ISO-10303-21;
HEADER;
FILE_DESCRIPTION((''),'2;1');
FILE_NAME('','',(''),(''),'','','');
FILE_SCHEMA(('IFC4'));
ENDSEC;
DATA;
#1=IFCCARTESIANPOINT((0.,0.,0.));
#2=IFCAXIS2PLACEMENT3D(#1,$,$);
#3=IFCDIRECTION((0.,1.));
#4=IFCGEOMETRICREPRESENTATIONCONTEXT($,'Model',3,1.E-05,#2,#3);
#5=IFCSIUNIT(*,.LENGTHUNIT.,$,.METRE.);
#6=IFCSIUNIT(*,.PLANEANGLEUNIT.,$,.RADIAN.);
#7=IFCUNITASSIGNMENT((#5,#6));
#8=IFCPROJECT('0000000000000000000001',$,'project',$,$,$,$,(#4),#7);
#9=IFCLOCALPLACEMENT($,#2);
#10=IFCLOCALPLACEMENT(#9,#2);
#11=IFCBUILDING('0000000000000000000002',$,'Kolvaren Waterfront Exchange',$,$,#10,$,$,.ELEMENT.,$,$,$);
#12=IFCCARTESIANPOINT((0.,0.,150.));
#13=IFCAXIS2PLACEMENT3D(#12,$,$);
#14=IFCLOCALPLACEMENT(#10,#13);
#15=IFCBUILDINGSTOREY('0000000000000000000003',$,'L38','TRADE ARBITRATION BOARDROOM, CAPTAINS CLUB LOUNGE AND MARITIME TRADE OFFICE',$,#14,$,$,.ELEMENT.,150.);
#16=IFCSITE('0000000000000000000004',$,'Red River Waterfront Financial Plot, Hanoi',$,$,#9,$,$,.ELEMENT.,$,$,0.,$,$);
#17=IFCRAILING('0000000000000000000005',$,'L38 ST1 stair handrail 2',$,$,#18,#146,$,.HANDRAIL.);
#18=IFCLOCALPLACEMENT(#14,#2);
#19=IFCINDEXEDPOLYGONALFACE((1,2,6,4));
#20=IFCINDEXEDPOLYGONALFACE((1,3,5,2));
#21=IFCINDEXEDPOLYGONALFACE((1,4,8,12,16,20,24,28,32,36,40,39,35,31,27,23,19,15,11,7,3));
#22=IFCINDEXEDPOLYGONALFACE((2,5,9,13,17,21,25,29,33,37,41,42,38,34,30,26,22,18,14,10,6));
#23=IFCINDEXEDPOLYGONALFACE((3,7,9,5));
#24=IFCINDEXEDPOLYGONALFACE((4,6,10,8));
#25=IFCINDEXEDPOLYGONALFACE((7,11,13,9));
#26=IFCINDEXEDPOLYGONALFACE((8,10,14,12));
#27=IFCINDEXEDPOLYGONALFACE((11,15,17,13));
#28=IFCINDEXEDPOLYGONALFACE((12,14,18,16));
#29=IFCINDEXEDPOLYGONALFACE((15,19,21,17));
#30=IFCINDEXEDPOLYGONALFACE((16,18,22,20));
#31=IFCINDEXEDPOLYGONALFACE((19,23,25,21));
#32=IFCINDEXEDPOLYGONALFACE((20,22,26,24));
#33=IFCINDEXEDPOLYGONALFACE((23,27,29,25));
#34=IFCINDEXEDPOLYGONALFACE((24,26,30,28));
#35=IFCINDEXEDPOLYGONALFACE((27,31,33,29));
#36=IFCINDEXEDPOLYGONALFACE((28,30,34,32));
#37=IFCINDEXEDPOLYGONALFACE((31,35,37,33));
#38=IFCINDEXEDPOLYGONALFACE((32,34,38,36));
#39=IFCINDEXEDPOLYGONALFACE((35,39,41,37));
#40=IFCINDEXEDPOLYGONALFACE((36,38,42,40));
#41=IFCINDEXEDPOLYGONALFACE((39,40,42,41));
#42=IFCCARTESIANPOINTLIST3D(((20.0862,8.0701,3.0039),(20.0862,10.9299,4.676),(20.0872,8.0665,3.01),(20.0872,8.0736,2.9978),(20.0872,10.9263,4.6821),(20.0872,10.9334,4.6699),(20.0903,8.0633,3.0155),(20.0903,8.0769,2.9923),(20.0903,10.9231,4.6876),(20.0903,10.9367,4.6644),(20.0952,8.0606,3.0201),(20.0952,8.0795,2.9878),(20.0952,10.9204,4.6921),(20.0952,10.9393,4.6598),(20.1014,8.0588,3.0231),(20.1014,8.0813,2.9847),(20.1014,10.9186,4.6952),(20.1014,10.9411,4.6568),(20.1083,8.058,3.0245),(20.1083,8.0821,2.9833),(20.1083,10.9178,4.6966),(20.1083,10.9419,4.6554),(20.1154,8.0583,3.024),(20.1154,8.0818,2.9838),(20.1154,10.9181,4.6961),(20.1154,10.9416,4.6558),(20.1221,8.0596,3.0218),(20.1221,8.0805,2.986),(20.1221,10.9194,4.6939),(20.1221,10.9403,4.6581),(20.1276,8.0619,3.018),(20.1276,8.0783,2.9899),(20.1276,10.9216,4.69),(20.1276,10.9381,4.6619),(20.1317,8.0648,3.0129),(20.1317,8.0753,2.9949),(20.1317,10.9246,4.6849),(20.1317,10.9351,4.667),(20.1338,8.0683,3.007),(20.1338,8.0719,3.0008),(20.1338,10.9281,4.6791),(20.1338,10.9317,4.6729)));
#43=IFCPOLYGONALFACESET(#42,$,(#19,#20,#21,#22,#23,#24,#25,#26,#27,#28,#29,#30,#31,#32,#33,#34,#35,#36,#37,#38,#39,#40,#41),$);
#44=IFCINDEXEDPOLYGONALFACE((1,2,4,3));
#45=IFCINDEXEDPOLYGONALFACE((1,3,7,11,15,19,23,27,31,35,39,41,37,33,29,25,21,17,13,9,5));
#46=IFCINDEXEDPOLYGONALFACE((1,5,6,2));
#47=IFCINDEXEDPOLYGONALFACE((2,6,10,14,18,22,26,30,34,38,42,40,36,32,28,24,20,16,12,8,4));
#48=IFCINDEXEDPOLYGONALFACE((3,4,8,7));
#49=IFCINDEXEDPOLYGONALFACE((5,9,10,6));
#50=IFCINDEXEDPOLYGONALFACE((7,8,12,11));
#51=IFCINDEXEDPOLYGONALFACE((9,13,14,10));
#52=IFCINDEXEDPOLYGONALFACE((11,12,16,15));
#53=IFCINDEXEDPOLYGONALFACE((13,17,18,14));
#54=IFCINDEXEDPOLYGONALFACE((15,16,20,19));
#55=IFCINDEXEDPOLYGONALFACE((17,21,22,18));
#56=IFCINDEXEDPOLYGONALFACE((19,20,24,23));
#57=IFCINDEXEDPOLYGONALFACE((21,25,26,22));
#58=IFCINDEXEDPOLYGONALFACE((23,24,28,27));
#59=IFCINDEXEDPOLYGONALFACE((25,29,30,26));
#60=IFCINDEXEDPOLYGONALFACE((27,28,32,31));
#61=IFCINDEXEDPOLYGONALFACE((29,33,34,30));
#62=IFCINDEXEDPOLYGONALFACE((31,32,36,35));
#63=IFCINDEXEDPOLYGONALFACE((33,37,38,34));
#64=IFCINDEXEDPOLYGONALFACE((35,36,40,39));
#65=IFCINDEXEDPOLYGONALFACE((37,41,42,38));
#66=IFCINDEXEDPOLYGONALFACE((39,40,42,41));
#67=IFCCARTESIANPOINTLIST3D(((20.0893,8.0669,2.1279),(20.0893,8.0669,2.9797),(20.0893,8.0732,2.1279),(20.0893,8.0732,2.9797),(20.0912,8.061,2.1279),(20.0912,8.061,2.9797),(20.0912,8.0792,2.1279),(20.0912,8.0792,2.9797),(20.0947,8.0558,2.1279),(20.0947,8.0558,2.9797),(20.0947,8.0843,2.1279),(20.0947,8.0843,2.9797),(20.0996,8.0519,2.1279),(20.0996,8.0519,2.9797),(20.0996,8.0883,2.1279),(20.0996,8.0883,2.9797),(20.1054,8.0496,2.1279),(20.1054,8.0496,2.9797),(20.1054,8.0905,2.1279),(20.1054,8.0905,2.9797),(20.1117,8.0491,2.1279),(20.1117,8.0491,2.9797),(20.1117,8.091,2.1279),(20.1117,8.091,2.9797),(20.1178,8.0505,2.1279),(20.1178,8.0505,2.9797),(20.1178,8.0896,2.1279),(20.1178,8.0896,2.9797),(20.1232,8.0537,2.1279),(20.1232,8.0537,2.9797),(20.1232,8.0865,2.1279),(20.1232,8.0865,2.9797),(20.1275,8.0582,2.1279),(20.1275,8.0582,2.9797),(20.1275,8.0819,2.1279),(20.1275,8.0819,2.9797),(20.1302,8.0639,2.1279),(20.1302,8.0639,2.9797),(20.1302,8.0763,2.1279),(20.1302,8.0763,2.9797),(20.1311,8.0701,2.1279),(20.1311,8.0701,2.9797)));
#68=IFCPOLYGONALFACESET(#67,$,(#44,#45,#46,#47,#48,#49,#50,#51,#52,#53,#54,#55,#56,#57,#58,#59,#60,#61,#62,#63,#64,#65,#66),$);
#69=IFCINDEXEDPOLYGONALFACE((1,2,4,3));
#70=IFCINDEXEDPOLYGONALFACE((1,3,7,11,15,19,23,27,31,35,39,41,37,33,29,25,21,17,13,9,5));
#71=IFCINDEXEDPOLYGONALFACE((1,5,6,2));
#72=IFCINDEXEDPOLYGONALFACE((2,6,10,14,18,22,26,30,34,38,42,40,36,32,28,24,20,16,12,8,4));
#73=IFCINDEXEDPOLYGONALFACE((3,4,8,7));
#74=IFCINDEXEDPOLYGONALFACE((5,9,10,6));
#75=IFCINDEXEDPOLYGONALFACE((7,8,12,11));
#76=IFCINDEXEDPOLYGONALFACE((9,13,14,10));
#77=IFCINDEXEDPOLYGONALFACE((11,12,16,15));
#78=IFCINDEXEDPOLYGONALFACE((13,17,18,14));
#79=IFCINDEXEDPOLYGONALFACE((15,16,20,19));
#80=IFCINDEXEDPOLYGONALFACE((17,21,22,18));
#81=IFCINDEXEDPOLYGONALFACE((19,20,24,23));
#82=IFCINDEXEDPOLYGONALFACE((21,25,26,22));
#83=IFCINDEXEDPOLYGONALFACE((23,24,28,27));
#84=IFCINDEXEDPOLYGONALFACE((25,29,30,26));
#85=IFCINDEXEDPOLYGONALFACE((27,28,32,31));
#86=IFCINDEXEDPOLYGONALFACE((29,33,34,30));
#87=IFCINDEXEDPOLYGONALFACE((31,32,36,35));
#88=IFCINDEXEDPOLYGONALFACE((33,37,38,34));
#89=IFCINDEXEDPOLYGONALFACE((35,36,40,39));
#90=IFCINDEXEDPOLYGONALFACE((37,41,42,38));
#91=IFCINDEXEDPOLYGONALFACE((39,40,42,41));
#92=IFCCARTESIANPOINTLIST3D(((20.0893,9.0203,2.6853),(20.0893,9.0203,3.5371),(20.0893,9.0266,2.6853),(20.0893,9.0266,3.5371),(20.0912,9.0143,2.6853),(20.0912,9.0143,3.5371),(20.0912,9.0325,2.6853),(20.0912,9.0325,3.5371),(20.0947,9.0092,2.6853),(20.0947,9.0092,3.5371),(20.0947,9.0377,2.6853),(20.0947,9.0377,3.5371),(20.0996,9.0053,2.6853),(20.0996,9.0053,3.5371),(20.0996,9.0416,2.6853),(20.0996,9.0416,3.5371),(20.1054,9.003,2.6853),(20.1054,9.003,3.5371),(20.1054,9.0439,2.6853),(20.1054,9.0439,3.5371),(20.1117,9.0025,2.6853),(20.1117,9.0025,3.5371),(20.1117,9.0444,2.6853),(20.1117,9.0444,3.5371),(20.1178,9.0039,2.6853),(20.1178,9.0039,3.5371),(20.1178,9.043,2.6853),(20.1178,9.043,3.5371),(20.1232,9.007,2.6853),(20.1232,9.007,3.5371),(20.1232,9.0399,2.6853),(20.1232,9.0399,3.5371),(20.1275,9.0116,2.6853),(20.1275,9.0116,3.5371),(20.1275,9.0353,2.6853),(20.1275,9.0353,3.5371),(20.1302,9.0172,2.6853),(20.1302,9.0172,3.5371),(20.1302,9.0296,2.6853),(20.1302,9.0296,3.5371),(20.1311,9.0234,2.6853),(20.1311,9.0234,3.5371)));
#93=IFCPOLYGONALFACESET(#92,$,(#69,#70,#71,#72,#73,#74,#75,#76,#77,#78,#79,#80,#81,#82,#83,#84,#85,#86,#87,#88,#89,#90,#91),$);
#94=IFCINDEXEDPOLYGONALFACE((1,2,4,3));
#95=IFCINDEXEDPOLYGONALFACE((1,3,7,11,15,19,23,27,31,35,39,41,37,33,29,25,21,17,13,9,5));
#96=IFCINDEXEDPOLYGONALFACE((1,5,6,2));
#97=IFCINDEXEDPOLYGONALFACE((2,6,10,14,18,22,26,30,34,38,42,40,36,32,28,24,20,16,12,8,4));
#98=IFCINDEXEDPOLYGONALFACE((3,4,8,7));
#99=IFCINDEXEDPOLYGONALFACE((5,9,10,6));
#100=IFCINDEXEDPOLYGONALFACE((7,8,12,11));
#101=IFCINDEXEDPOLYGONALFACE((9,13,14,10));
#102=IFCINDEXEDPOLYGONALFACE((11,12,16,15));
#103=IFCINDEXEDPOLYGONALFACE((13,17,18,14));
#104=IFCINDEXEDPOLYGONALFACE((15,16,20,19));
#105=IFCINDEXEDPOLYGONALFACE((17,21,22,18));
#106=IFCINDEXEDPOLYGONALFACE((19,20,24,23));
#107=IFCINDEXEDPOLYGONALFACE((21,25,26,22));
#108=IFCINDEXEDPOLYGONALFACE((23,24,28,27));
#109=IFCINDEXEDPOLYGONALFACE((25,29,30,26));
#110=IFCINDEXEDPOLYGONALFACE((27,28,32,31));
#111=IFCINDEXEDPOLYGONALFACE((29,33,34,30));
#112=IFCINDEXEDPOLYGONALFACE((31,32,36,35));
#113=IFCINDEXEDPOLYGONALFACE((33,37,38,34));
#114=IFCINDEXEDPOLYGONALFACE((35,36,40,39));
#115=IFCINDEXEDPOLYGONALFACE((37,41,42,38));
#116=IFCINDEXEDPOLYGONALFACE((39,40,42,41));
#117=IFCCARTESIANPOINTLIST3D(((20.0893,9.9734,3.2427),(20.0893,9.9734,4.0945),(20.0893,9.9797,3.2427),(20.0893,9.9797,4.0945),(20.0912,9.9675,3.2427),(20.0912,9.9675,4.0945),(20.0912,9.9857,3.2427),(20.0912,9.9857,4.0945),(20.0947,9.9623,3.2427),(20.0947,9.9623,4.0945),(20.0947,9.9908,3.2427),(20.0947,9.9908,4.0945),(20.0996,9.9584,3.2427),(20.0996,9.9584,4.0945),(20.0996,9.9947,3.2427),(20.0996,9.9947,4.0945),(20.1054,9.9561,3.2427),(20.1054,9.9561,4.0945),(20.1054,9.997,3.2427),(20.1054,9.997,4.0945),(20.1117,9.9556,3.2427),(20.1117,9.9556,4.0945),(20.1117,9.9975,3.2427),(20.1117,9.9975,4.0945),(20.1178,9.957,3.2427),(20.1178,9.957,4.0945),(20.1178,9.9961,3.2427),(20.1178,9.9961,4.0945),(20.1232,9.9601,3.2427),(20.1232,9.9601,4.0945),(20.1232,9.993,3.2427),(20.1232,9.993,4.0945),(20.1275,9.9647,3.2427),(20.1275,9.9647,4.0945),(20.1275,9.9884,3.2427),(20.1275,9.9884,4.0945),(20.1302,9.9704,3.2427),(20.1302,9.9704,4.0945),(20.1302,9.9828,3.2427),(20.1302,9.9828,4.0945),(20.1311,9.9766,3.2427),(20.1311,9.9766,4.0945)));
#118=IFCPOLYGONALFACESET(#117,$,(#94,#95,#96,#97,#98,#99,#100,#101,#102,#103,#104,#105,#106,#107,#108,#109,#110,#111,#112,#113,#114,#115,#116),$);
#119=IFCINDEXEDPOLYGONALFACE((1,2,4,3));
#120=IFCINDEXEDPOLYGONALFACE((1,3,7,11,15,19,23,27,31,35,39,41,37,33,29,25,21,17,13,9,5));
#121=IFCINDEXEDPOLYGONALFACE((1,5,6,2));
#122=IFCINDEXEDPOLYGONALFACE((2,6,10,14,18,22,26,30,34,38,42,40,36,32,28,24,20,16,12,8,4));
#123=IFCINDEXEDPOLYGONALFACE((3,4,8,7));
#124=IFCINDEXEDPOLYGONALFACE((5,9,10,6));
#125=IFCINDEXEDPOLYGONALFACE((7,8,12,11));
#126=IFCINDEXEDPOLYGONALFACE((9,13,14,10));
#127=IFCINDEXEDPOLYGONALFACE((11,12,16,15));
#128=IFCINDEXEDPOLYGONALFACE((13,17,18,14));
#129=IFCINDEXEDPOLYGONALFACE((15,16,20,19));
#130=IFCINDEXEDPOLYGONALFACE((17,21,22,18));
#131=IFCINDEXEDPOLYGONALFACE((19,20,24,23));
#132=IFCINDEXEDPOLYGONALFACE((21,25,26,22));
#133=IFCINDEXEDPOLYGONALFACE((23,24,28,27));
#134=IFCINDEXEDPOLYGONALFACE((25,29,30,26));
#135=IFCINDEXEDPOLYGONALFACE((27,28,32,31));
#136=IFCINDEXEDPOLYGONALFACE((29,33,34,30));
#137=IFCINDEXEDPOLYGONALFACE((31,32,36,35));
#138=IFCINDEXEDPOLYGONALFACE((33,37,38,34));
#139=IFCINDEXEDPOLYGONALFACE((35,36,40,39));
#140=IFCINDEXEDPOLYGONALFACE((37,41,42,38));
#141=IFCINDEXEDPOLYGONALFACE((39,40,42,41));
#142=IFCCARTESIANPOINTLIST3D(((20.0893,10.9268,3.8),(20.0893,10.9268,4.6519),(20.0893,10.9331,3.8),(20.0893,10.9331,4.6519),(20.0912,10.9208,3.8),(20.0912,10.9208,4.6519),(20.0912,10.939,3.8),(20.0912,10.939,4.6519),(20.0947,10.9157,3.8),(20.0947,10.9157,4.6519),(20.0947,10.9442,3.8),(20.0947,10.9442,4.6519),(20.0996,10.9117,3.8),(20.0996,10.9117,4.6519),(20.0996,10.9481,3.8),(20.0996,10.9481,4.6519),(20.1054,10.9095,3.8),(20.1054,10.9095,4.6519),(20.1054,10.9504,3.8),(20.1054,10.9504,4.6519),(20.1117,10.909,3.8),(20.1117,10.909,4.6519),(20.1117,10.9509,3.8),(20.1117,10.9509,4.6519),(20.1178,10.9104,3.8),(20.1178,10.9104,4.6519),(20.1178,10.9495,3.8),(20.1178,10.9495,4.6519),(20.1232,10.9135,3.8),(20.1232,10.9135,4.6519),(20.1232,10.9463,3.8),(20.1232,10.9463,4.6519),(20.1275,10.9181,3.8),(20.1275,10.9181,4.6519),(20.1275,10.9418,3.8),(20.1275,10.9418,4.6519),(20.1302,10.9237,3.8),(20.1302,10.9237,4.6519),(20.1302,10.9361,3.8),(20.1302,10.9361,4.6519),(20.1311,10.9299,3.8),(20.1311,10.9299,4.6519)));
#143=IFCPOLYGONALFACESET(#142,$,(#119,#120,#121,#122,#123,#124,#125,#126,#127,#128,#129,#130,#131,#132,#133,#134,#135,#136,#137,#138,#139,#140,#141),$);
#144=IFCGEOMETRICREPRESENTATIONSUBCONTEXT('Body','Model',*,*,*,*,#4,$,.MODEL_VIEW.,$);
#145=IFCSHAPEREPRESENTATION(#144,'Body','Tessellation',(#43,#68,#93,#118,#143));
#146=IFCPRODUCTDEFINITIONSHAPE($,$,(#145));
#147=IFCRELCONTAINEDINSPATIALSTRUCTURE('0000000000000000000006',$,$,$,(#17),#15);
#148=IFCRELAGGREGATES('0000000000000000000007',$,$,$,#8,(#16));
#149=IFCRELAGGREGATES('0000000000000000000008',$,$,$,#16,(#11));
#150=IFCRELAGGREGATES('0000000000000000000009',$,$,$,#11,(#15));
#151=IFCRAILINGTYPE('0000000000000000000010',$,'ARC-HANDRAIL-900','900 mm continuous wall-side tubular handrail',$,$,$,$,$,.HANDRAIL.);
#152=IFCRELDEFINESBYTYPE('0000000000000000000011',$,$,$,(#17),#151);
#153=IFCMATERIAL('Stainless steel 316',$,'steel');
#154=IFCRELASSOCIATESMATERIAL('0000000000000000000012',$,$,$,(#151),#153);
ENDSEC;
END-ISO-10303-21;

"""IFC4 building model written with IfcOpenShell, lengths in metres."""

from ifc_helpers import new_model, si_unit, direction, frame, origin, origin_2d, place, context, subcontext, project, spatial, circle, extrude, material, type_object, element, save


model = new_model("IFC4")

# Units and contexts
model_context = context("Model", 3, precision=1e-05, world=origin(), true_north=direction((0.0, 1.0)))
body_context = subcontext(model_context, "Body", "Model", "MODEL_VIEW")
ifc_project = project(units=[si_unit("LENGTHUNIT", "METRE"), si_unit("PLANEANGLEUNIT", "RADIAN")], contexts=[model_context])

# Site, building, storey
site_placement = place(None, origin())
site = spatial("IfcSite", under=ifc_project, at=site_placement, Name="Red River Waterfront Financial Plot, Hanoi", CompositionType="ELEMENT", RefElevation=0.0)
building_placement = place(site_placement, origin())
building = spatial("IfcBuilding", under=site, at=building_placement, Name="Kolvaren Waterfront Exchange", CompositionType="ELEMENT")
storey_placement = place(building_placement, frame((0.0, 0.0, 150.0)))
storey = spatial("IfcBuildingStorey", under=building, at=storey_placement, Name="L38", Description="TRADE ARBITRATION BOARDROOM, CAPTAINS CLUB LOUNGE AND MARITIME TRADE OFFICE", CompositionType="ELEMENT", Elevation=150.0)

# Railing
ifc_material_1 = material(Name="Stainless steel 316", Category="steel")
railing_type_1 = type_object("IfcRailingType", Name="ARC-HANDRAIL-900", Description="900 mm continuous wall-side tubular handrail", PredefinedType="HANDRAIL", material=ifc_material_1)
railing_1_placement = place(storey_placement, frame((20.1101, 8.0701, 2.1279)))
element("IfcRailing", 1, at=railing_1_placement, inside=storey, type_object=railing_type_1, Name="L38 ST1 stair handrail 2", PredefinedType="HANDRAIL", context=body_context, shape_type="SweptSolid", body=[
    extrude(circle(Radius=0.0239, at=origin_2d()), frame((0.0, 0.0, 0.876), z_axis=(0.0, 0.863271, 0.504741), x_axis=(-1.0, 0.0, 0.0)), (0.0, 0.0, 1.0), 3.3127),
    extrude(circle(Radius=0.021, at=origin_2d()), origin(), (0.0, 0.0, 1.0), 0.8518),
    extrude(circle(Radius=0.021, at=origin_2d()), frame((0.0, 0.9534, 0.5574)), (0.0, 0.0, 1.0), 0.8518),
    extrude(circle(Radius=0.021, at=origin_2d()), frame((0.0, 1.9065, 1.1147)), (0.0, 0.0, 1.0), 0.8518),
    extrude(circle(Radius=0.021, at=origin_2d()), frame((0.0, 2.8599, 1.6721)), (0.0, 0.0, 1.0), 0.8518),
])

save(model, "model.ifc")
